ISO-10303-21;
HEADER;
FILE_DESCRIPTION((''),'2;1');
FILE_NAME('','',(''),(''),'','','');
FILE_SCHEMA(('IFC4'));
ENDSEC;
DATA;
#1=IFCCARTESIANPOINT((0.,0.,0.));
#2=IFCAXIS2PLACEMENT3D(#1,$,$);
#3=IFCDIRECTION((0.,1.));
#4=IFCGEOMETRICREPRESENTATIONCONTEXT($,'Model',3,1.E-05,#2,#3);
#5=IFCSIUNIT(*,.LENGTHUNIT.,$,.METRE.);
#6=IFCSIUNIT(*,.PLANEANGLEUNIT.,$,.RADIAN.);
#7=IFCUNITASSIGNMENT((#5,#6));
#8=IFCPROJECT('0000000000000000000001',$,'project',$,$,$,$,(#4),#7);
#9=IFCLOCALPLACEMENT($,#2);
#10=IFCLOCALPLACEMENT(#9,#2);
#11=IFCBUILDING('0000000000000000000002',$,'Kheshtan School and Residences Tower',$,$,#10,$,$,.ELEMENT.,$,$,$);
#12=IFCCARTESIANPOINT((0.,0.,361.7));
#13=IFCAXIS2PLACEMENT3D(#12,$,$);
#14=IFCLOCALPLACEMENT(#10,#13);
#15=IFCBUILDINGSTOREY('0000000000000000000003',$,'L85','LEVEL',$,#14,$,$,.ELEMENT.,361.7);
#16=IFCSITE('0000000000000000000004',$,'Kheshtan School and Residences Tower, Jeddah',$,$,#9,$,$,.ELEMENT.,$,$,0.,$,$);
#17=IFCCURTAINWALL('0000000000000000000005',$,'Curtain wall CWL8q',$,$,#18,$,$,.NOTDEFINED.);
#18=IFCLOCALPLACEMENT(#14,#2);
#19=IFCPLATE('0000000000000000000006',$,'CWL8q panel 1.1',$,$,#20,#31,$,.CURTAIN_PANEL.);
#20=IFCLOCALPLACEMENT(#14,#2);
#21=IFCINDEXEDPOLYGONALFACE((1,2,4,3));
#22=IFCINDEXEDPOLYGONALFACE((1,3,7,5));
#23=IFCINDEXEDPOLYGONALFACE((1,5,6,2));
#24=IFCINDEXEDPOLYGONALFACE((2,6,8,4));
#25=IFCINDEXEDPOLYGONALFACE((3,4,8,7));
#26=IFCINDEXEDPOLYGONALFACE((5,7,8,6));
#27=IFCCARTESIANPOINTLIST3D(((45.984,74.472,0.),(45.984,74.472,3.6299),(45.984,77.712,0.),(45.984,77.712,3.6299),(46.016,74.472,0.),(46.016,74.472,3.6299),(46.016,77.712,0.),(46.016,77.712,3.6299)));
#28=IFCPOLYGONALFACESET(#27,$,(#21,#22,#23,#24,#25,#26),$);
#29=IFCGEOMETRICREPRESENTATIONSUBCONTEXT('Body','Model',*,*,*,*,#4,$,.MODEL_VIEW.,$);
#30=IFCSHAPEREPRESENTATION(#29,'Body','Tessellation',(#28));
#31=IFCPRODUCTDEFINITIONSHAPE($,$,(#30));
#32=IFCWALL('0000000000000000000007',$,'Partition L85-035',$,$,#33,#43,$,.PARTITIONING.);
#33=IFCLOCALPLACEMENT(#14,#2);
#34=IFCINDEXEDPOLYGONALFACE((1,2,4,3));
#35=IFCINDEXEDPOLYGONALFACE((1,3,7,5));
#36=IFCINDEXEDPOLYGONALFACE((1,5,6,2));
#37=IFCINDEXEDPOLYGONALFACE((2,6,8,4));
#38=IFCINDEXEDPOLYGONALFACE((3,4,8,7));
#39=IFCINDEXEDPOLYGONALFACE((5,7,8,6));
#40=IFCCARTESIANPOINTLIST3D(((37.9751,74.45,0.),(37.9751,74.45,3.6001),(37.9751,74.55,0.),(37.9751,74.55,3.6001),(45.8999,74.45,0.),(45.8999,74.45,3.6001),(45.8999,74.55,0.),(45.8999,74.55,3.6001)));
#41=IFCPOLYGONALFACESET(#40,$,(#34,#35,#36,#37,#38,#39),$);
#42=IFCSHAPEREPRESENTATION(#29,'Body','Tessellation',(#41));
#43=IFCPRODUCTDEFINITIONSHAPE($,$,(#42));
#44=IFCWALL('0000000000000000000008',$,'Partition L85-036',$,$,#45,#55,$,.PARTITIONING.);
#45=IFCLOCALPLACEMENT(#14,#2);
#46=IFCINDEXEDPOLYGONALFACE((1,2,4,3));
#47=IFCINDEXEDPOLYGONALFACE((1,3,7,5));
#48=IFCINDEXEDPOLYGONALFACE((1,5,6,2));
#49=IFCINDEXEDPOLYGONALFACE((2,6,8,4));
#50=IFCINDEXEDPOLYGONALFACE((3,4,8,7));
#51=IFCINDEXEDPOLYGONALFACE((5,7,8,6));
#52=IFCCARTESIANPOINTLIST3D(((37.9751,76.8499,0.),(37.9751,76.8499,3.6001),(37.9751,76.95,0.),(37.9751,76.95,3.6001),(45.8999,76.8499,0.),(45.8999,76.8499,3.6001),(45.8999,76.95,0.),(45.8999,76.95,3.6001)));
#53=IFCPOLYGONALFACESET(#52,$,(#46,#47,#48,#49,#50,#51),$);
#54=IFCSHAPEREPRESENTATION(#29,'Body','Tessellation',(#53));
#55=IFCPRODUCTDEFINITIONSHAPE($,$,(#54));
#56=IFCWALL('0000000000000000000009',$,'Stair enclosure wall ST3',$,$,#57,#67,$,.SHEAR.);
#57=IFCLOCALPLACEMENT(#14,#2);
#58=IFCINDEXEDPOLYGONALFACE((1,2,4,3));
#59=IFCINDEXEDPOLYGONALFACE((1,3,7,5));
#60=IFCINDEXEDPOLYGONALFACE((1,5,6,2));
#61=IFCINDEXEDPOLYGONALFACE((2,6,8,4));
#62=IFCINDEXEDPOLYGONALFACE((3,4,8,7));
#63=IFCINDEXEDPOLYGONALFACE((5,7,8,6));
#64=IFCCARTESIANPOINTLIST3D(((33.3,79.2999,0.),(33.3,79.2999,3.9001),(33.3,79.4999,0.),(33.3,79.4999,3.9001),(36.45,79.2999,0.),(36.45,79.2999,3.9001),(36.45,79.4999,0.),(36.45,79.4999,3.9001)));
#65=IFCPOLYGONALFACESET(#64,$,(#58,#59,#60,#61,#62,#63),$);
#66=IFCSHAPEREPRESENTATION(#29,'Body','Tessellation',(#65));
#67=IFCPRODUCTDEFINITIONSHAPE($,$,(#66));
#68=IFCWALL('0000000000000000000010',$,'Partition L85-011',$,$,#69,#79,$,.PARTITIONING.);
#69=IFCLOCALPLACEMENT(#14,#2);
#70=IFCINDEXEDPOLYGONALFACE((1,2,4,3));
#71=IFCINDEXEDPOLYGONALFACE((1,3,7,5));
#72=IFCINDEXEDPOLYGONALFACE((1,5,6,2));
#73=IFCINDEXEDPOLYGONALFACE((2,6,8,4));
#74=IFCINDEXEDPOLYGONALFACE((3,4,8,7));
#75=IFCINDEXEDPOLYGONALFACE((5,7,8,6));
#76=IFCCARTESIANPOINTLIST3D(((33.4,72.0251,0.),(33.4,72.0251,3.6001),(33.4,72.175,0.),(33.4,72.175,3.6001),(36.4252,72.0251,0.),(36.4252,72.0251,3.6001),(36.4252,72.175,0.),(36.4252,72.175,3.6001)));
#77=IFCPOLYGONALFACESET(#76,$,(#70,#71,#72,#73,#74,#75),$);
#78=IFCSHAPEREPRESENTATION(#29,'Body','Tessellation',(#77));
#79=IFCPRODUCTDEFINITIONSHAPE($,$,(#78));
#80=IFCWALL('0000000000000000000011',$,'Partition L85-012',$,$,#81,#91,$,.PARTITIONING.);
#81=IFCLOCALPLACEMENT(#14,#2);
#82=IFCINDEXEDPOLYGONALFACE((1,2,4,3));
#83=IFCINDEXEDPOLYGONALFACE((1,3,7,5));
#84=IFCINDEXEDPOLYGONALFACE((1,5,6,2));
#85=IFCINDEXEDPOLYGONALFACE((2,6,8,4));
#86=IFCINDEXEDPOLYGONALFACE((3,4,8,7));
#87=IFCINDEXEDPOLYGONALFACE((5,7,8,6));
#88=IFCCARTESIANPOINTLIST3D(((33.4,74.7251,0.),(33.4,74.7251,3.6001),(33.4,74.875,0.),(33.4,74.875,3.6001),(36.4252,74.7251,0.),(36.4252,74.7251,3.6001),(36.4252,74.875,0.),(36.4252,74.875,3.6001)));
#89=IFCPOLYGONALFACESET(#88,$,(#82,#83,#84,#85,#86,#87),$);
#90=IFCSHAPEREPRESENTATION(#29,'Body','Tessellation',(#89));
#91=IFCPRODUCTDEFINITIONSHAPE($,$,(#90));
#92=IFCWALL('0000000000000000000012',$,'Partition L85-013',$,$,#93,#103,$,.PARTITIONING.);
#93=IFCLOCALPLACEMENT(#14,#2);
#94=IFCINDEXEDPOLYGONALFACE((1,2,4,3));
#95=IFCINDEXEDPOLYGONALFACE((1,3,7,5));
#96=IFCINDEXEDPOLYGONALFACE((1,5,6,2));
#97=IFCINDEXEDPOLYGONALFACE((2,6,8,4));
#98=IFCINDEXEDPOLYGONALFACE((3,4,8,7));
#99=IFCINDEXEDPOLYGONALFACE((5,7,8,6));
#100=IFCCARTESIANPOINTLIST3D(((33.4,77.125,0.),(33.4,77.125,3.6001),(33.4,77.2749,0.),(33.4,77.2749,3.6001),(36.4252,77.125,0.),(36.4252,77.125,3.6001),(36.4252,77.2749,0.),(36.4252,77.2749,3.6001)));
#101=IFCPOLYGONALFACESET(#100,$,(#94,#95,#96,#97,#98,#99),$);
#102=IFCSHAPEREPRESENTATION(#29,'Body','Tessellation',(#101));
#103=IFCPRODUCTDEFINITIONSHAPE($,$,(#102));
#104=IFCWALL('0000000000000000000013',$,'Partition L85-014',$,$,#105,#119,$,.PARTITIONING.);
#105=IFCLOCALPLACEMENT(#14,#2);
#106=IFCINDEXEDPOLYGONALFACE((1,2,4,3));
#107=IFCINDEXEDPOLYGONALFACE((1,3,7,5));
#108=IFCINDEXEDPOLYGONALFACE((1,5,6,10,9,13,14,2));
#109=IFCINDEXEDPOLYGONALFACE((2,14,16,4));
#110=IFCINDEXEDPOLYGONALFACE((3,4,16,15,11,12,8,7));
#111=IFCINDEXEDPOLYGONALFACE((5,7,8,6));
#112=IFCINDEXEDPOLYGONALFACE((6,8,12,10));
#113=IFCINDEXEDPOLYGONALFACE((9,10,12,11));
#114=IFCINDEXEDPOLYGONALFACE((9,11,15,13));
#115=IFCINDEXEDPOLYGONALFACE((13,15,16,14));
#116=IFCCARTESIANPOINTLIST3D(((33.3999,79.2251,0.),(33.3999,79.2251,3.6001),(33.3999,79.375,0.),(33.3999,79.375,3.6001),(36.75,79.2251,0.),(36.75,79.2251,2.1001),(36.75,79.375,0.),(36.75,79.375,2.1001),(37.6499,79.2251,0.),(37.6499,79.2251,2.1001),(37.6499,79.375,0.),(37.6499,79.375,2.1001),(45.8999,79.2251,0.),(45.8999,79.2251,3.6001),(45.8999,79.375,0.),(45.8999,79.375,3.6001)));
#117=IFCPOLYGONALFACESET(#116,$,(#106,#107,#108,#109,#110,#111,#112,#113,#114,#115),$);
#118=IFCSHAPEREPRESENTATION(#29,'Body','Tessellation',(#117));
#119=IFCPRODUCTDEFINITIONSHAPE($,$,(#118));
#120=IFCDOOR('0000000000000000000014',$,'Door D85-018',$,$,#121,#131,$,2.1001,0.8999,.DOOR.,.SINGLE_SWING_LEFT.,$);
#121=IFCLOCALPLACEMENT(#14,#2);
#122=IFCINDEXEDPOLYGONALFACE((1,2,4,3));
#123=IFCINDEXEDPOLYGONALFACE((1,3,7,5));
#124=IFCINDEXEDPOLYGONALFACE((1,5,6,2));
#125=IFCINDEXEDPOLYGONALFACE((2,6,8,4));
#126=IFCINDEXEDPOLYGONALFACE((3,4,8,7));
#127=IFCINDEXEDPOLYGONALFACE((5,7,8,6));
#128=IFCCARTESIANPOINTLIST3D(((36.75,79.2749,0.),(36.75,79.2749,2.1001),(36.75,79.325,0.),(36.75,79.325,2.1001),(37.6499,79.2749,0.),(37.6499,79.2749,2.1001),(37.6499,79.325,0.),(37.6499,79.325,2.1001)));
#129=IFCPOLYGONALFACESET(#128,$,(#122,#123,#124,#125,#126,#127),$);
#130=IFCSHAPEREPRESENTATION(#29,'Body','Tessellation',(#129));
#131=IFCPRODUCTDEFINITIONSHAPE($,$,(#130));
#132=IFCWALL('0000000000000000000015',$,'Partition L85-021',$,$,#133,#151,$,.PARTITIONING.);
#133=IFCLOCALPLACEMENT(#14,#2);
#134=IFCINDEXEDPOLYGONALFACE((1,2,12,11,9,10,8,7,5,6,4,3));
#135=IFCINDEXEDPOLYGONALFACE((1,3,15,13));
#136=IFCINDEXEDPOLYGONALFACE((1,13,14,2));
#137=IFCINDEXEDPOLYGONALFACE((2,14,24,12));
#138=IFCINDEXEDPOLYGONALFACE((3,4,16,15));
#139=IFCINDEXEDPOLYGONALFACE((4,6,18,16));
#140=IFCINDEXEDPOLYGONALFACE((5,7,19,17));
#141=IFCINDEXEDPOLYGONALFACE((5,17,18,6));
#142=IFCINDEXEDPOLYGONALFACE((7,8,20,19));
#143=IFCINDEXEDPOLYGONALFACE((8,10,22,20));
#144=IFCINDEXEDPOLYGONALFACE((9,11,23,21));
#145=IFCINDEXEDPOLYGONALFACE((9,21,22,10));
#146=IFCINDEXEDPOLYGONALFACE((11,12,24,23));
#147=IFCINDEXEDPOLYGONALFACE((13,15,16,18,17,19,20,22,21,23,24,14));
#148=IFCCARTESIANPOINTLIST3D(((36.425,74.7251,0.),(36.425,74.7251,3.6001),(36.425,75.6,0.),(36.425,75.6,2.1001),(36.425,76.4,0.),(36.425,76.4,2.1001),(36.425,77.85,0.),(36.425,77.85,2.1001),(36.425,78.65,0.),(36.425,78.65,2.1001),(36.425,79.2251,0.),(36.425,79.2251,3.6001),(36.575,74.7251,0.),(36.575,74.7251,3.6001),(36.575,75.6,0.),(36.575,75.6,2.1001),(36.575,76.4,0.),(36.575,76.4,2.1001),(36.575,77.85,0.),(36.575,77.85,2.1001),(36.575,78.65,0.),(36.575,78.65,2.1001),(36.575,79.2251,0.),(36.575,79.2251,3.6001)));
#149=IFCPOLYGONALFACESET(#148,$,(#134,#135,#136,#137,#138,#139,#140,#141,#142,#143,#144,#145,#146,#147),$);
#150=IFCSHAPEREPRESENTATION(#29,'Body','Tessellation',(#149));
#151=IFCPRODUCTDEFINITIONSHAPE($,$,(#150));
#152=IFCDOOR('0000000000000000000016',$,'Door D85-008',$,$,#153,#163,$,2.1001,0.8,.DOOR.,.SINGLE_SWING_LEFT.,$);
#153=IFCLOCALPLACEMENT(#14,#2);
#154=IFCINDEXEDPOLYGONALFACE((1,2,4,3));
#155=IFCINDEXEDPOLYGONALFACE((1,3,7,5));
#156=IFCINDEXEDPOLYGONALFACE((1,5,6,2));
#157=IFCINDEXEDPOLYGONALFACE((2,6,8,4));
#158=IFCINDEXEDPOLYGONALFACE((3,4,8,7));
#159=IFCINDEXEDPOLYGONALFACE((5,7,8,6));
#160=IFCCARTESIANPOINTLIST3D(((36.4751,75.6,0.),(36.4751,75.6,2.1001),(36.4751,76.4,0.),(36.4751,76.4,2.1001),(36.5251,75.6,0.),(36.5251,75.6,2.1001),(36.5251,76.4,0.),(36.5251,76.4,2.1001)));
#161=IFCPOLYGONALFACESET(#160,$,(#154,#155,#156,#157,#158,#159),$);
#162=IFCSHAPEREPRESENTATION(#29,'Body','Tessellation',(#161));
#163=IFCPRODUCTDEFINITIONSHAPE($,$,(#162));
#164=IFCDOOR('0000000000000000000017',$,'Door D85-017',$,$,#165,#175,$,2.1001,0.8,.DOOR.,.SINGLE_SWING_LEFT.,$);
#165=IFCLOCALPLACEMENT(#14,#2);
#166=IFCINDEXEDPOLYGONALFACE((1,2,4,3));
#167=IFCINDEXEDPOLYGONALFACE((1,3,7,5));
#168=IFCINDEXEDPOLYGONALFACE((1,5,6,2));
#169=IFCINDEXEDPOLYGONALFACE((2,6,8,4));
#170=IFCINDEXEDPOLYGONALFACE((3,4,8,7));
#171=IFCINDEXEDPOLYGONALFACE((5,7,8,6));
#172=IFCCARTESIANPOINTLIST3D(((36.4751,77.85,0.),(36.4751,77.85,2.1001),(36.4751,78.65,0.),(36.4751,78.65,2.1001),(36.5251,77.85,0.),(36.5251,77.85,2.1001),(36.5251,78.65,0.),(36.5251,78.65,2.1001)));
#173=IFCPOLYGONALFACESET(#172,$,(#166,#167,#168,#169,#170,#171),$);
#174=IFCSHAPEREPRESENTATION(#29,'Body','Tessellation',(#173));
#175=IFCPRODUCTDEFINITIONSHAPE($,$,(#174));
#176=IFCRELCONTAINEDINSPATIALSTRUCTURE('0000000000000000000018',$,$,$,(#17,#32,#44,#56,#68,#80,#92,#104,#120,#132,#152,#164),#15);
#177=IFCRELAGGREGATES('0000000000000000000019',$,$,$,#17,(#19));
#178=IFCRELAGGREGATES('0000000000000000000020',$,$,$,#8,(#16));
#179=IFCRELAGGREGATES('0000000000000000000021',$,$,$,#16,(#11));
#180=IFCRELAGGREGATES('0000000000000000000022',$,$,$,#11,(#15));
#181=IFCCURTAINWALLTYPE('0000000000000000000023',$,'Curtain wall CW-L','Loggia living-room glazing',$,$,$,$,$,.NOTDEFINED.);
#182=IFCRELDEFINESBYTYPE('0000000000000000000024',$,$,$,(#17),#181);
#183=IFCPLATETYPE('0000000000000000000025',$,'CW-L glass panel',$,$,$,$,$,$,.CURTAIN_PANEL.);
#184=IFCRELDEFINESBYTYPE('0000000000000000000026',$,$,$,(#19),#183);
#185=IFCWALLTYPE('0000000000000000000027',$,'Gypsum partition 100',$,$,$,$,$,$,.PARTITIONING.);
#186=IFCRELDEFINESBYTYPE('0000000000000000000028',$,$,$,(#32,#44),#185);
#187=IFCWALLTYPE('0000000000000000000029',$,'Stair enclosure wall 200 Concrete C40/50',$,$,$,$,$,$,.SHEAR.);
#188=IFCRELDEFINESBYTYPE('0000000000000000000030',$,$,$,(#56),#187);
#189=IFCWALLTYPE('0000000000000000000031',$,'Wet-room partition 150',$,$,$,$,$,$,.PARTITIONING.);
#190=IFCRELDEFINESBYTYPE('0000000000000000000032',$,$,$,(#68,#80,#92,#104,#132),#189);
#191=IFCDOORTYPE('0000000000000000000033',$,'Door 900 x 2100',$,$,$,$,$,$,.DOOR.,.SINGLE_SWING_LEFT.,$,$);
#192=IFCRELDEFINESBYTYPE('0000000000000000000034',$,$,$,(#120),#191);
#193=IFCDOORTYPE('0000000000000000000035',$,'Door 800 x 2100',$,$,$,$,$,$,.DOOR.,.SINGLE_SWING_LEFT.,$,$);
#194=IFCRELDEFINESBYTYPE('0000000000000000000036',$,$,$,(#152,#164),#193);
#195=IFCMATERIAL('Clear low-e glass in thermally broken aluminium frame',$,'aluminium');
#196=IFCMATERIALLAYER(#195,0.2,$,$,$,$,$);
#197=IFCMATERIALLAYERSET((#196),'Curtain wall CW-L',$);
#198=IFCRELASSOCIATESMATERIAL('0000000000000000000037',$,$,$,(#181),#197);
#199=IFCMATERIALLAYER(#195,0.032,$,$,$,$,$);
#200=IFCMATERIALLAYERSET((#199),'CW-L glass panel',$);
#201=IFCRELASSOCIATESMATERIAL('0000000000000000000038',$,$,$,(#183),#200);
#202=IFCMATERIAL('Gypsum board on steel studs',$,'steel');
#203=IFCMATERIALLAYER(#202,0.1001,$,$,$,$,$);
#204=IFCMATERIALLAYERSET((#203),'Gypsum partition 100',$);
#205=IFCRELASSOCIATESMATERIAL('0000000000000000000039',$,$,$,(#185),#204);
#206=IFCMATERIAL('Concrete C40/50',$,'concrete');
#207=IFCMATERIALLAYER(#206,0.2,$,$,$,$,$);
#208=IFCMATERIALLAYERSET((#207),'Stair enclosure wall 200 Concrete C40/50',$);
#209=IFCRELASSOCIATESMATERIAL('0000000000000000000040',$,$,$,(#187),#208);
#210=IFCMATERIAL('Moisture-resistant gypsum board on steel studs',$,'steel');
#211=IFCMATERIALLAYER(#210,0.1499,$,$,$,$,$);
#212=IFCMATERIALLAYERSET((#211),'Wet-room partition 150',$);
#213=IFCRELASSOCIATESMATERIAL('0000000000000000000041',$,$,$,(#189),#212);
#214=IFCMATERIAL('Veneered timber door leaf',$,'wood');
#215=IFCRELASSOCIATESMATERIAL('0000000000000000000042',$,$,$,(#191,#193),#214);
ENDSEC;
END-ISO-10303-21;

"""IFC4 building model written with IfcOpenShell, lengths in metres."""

from ifc_helpers import new_model, si_unit, direction, frame, frame_2d, origin, origin_2d, place, context, subcontext, project, spatial, rectangle, extrude, source, transform, mapped, material, layer, layer_set, type_object, element, fill, aggregate, save


model = new_model("IFC4")

# Units and contexts
model_context = context("Model", 3, precision=1e-05, world=origin(), true_north=direction((0.0, 1.0)))
body_context = subcontext(model_context, "Body", "Model", "MODEL_VIEW")
ifc_project = project(units=[si_unit("LENGTHUNIT", "METRE"), si_unit("PLANEANGLEUNIT", "RADIAN")], contexts=[model_context])

# Site, building, storey
site_placement = place(None, origin())
site = spatial("IfcSite", under=ifc_project, at=site_placement, Name="Kheshtan School and Residences Tower, Jeddah", CompositionType="ELEMENT", RefElevation=0.0)
building_placement = place(site_placement, origin())
building = spatial("IfcBuilding", under=site, at=building_placement, Name="Kheshtan School and Residences Tower", CompositionType="ELEMENT")
storey_placement = place(building_placement, frame((0.0, 0.0, 361.7)))
storey = spatial("IfcBuildingStorey", under=building, at=storey_placement, Name="L85", Description="LEVEL", CompositionType="ELEMENT", Elevation=361.7)

# Shared definitions
ifc_material_1 = material(Name="Clear low-e glass in thermally broken aluminium frame", Category="aluminium")
ifc_layer_1 = layer(ifc_material_1, 0.2)
ifc_layer_set_1 = layer_set([ifc_layer_1], Name="Curtain wall CW-L")
curtain_wall_type = type_object("IfcCurtainWallType", Name="Curtain wall CW-L", Description="Loggia living-room glazing", PredefinedType="NOTDEFINED", material=ifc_layer_set_1)

# Curtain wall
curtain_wall_1_placement = place(storey_placement, origin())
curtain_wall_1 = element("IfcCurtainWall", 1, at=curtain_wall_1_placement, inside=storey, type_object=curtain_wall_type, Name="Curtain wall CWL8q", PredefinedType="NOTDEFINED")

# Plate
ifc_layer_2 = layer(ifc_material_1, 0.032)
ifc_layer_set_2 = layer_set([ifc_layer_2], Name="CW-L glass panel")
plate_type = type_object("IfcPlateType", Name="CW-L glass panel", PredefinedType="CURTAIN_PANEL", material=ifc_layer_set_2)
plate_1_placement = place(storey_placement, frame((46.0, 76.092, 0.0), z_axis=(0.0, 0.0, 1.0), x_axis=(0.0, -1.0, 0.0)))
plate_1 = element("IfcPlate", 2, at=plate_1_placement, type_object=plate_type, Name="CWL8q panel 1.1", PredefinedType="CURTAIN_PANEL", context=body_context, shape_type="SweptSolid", body=[
    extrude(rectangle(XDim=3.24, YDim=0.032, at=origin_2d()), origin(), (0.0, 0.0, 1.0), 3.6299),
])
aggregate(curtain_wall_1, [plate_1])

# Walls
ifc_material_2 = material(Name="Gypsum board on steel studs", Category="steel")
ifc_layer_3 = layer(ifc_material_2, 0.1001)
ifc_layer_set_3 = layer_set([ifc_layer_3], Name="Gypsum partition 100")
wall_type_1 = type_object("IfcWallType", Name="Gypsum partition 100", PredefinedType="PARTITIONING", material=ifc_layer_set_3)
for number, where, z_axis, x_axis, name in (
    (3, (37.9751, 74.5, 0.0), (0.0, 0.0, 1.0), (1.0, 0.0, 0.0), "Partition L85-035"),
    (4, (37.9751, 76.8999, 0.0), (0.0, 0.0, 1.0), (1.0, 0.0, 0.0), "Partition L85-036"),
):
    element("IfcWall", number, at=place(storey_placement, frame(where, z_axis=z_axis, x_axis=x_axis)), inside=storey, type_object=wall_type_1, Name=name, PredefinedType="PARTITIONING", context=body_context, shape_type="SweptSolid", body=[
        extrude(rectangle(XDim=7.9248, YDim=0.1001, at=frame_2d((3.9624, 0.0))), origin(), (0.0, 0.0, 1.0), 3.6001),
    ])
ifc_material_3 = material(Name="Concrete C40/50", Category="concrete")
ifc_layer_4 = layer(ifc_material_3, 0.2)
ifc_layer_set_4 = layer_set([ifc_layer_4], Name="Stair enclosure wall 200 Concrete C40/50")
wall_type_2 = type_object("IfcWallType", Name="Stair enclosure wall 200 Concrete C40/50", PredefinedType="SHEAR", material=ifc_layer_set_4)
wall_1_placement = place(storey_placement, frame((33.3, 79.3999, 0.0), z_axis=(0.0, 0.0, 1.0), x_axis=(1.0, 0.0, 0.0)))
element("IfcWall", 5, at=wall_1_placement, inside=storey, type_object=wall_type_2, Name="Stair enclosure wall ST3", PredefinedType="SHEAR", context=body_context, shape_type="SweptSolid", body=[
    extrude(rectangle(XDim=3.1499, YDim=0.2, at=frame_2d((1.575, 0.0))), origin(), (0.0, 0.0, 1.0), 3.9001),
])
ifc_material_4 = material(Name="Moisture-resistant gypsum board on steel studs", Category="steel")
ifc_layer_5 = layer(ifc_material_4, 0.1499)
ifc_layer_set_5 = layer_set([ifc_layer_5], Name="Wet-room partition 150")
wall_type_3 = type_object("IfcWallType", Name="Wet-room partition 150", PredefinedType="PARTITIONING", material=ifc_layer_set_5)
for number, where, z_axis, x_axis, name in (
    (6, (33.3999, 72.1001, 0.0), (0.0, 0.0, 1.0), (1.0, 0.0, 0.0), "Partition L85-011"),
    (7, (33.3999, 74.8, 0.0), (0.0, 0.0, 1.0), (1.0, 0.0, 0.0), "Partition L85-012"),
    (8, (33.3999, 77.2, 0.0), (0.0, 0.0, 1.0), (1.0, 0.0, 0.0), "Partition L85-013"),
):
    element("IfcWall", number, at=place(storey_placement, frame(where, z_axis=z_axis, x_axis=x_axis)), inside=storey, type_object=wall_type_3, Name=name, PredefinedType="PARTITIONING", context=body_context, shape_type="SweptSolid", body=[
        extrude(rectangle(XDim=3.0251, YDim=0.1499, at=frame_2d((1.5127, 0.0))), origin(), (0.0, 0.0, 1.0), 3.6001),
    ])

# Wall, opening, door
wall_2_placement = place(storey_placement, frame((33.3999, 79.3, 0.0), z_axis=(0.0, 0.0, 1.0), x_axis=(1.0, 0.0, 0.0)))
wall_2 = element("IfcWall", 9, at=wall_2_placement, inside=storey, type_object=wall_type_3, Name="Partition L85-014", PredefinedType="PARTITIONING", context=body_context, shape_type="SweptSolid", body=[
    extrude(rectangle(XDim=12.5, YDim=0.1499, at=frame_2d((6.25, 0.0))), origin(), (0.0, 0.0, 1.0), 3.6001),
])
opening_1_placement = place(wall_2_placement, frame((3.3501, 0.0, 0.0)))
opening_1 = element("IfcOpeningElement", 10, at=opening_1_placement, cuts=wall_2, PredefinedType="OPENING", context=body_context, shape_type="SweptSolid", body=[
    extrude(rectangle(XDim=0.8999, YDim=2.1001, at=frame_2d((0.45, 1.05))), frame((0.0, 0.085, 0.0), z_axis=(0.0, -1.0, 0.0), x_axis=(1.0, 0.0, 0.0)), (0.0, 0.0, 1.0), 0.1699),
])
ifc_material_5 = material(Name="Veneered timber door leaf", Category="wood")
door_type_1 = type_object("IfcDoorType", Name="Door 900 x 2100", OperationType="SINGLE_SWING_LEFT", PredefinedType="DOOR", material=ifc_material_5)
shared_shape_1 = source(origin(), body_context, "Body", "SweptSolid", [
    extrude(rectangle(XDim=0.8999, YDim=2.1001, at=frame_2d((0.45, 1.05))), frame((0.0, 0.0249, 0.0), z_axis=(0.0, -1.0, 0.0), x_axis=(1.0, 0.0, 0.0)), (0.0, 0.0, 1.0), 0.05),
])
door_1_placement = place(opening_1_placement, origin())
door_1 = element("IfcDoor", 11, at=door_1_placement, inside=storey, type_object=door_type_1, Name="Door D85-018", OperationType="SINGLE_SWING_LEFT", OverallHeight=2.1001, OverallWidth=0.8999, PredefinedType="DOOR", context=body_context, shape_type="MappedRepresentation", body=[
    mapped(shared_shape_1, transform((0.0, 0.0, 0.0), x_axis=(1.0, 0.0, 0.0), y_axis=(0.0, 1.0, 0.0), z_axis=(0.0, 0.0, 1.0), scale=1.0)),
])
fill(opening_1, door_1)

# Wall, openings, doors
wall_3_placement = place(storey_placement, frame((36.5, 74.7251, 0.0), z_axis=(0.0, 0.0, 1.0), x_axis=(0.0, 1.0, 0.0)))
wall_3 = element("IfcWall", 12, at=wall_3_placement, inside=storey, type_object=wall_type_3, Name="Partition L85-021", PredefinedType="PARTITIONING", context=body_context, shape_type="SweptSolid", body=[
    extrude(rectangle(XDim=4.5, YDim=0.1499, at=frame_2d((2.25, 0.0))), origin(), (0.0, 0.0, 1.0), 3.6001),
])
opening_2_placement = place(wall_3_placement, frame((0.875, 0.0, 0.0)))
opening_2 = element("IfcOpeningElement", 13, at=opening_2_placement, cuts=wall_3, PredefinedType="OPENING", context=body_context, shape_type="SweptSolid", body=[
    extrude(rectangle(XDim=0.8, YDim=2.1001, at=frame_2d((0.3999, 1.05))), frame((0.0, 0.085, 0.0), z_axis=(0.0, -1.0, 0.0), x_axis=(1.0, 0.0, 0.0)), (0.0, 0.0, 1.0), 0.1699),
])
opening_3_placement = place(wall_3_placement, frame((3.125, 0.0, 0.0)))
opening_3 = element("IfcOpeningElement", 14, at=opening_3_placement, cuts=wall_3, PredefinedType="OPENING", context=body_context, shape_type="SweptSolid", body=[
    extrude(rectangle(XDim=0.8, YDim=2.1001, at=frame_2d((0.3999, 1.05))), frame((0.0, 0.085, 0.0), z_axis=(0.0, -1.0, 0.0), x_axis=(1.0, 0.0, 0.0)), (0.0, 0.0, 1.0), 0.1699),
])
door_type_2 = type_object("IfcDoorType", Name="Door 800 x 2100", OperationType="SINGLE_SWING_LEFT", PredefinedType="DOOR", material=ifc_material_5)
shared_shape_2 = source(origin(), body_context, "Body", "SweptSolid", [
    extrude(rectangle(XDim=0.8, YDim=2.1001, at=frame_2d((0.3999, 1.05))), frame((0.0, 0.0249, 0.0), z_axis=(0.0, -1.0, 0.0), x_axis=(1.0, 0.0, 0.0)), (0.0, 0.0, 1.0), 0.05),
])
door_2_placement = place(opening_2_placement, origin())
door_2 = element("IfcDoor", 15, at=door_2_placement, inside=storey, type_object=door_type_2, Name="Door D85-008", OperationType="SINGLE_SWING_LEFT", OverallHeight=2.1001, OverallWidth=0.8, PredefinedType="DOOR", context=body_context, shape_type="MappedRepresentation", body=[
    mapped(shared_shape_2, transform((0.0, 0.0, 0.0), x_axis=(1.0, 0.0, 0.0), y_axis=(0.0, 1.0, 0.0), z_axis=(0.0, 0.0, 1.0), scale=1.0)),
])
fill(opening_2, door_2)
door_3_placement = place(opening_3_placement, origin())
door_3 = element("IfcDoor", 16, at=door_3_placement, inside=storey, type_object=door_type_2, Name="Door D85-017", OperationType="SINGLE_SWING_LEFT", OverallHeight=2.1001, OverallWidth=0.8, PredefinedType="DOOR", context=body_context, shape_type="MappedRepresentation", body=[
    mapped(shared_shape_2, transform((0.0, 0.0, 0.0), x_axis=(1.0, 0.0, 0.0), y_axis=(0.0, 1.0, 0.0), z_axis=(0.0, 0.0, 1.0), scale=1.0)),
])
fill(opening_3, door_3)

save(model, "model.ifc")
